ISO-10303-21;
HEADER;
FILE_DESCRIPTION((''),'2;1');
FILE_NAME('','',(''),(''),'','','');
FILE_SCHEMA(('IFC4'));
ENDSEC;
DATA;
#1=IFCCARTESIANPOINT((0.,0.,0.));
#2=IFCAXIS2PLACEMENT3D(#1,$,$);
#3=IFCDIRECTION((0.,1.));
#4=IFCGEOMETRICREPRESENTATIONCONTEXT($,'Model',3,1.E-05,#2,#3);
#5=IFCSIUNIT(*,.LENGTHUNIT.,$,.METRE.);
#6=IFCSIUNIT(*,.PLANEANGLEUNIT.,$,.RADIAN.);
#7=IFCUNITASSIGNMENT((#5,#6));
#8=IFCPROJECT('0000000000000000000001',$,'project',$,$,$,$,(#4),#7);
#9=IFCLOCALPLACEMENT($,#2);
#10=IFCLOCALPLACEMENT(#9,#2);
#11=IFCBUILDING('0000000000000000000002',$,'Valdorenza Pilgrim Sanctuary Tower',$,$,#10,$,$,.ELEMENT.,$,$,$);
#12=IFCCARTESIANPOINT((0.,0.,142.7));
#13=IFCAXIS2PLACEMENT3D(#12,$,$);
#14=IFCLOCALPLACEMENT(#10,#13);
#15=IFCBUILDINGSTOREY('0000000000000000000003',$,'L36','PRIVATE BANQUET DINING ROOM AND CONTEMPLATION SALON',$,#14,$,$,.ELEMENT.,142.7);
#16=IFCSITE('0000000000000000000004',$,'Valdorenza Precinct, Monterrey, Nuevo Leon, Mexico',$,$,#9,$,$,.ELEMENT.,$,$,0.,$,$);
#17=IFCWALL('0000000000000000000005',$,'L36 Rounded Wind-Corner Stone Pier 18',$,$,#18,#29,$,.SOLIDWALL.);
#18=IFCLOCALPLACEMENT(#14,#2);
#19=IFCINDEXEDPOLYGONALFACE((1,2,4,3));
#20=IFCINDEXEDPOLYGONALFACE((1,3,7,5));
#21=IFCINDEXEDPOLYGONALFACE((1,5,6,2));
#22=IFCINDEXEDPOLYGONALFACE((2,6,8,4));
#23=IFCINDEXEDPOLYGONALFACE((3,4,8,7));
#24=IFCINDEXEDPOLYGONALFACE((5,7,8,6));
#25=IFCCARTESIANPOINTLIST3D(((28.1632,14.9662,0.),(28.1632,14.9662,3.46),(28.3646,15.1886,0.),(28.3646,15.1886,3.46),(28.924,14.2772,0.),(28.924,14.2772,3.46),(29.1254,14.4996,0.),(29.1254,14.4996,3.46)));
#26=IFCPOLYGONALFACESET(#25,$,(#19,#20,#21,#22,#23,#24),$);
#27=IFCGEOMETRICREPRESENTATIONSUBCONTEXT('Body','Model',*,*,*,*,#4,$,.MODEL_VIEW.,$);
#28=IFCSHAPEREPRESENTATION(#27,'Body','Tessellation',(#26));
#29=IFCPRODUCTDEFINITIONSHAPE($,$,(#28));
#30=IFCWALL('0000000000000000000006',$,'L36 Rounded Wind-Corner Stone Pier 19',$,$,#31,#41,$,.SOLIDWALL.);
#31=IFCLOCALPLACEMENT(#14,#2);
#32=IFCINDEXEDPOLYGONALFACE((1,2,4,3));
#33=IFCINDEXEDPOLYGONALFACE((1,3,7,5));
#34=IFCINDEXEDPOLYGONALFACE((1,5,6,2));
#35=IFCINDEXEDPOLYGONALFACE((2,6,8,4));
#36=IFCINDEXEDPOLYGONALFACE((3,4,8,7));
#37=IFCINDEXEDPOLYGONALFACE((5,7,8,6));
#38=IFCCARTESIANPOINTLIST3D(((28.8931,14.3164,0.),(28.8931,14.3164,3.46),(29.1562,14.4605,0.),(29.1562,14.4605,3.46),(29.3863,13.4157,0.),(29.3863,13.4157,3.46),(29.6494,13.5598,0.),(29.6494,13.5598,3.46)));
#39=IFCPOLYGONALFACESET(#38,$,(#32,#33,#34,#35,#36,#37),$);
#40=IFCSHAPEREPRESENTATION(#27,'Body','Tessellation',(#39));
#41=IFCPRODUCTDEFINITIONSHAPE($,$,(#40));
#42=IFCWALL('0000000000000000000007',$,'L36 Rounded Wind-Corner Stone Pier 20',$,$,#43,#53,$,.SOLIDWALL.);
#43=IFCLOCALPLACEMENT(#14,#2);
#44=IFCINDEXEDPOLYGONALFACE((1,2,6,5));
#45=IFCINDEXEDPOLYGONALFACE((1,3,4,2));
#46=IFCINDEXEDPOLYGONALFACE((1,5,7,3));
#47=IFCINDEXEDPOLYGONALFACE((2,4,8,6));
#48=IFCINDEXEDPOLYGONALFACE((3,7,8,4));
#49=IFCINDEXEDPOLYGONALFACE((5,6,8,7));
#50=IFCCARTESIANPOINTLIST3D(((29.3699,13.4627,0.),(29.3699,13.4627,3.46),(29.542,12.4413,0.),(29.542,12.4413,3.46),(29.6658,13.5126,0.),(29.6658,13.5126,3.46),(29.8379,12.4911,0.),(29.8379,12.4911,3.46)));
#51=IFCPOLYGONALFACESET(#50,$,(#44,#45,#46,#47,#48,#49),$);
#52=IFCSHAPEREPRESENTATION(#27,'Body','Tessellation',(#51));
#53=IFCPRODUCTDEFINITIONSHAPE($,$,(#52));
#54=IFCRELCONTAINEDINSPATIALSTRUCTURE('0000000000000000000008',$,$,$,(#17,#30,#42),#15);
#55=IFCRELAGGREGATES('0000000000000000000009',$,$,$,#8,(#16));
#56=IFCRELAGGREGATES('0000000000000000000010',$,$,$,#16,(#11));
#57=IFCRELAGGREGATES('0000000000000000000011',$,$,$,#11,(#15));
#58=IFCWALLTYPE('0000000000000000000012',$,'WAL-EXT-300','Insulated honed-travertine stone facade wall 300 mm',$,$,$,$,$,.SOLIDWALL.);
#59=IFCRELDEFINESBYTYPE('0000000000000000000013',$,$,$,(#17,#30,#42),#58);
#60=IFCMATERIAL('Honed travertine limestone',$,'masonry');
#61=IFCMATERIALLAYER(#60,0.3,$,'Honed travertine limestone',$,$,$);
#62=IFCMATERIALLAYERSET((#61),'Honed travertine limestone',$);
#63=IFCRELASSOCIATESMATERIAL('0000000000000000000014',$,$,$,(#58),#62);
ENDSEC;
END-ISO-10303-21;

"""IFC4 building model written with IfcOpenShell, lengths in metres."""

from ifc_helpers import new_model, si_unit, direction, frame, frame_2d, origin, place, context, subcontext, project, spatial, rectangle, extrude, material, layer, layer_set, type_object, element, save


model = new_model("IFC4")

# Units and contexts
model_context = context("Model", 3, precision=1e-05, world=origin(), true_north=direction((0.0, 1.0)))
body_context = subcontext(model_context, "Body", "Model", "MODEL_VIEW")
ifc_project = project(units=[si_unit("LENGTHUNIT", "METRE"), si_unit("PLANEANGLEUNIT", "RADIAN")], contexts=[model_context])

# Site, building, storey
site_placement = place(None, origin())
site = spatial("IfcSite", under=ifc_project, at=site_placement, Name="Valdorenza Precinct, Monterrey, Nuevo Leon, Mexico", CompositionType="ELEMENT", RefElevation=0.0)
building_placement = place(site_placement, origin())
building = spatial("IfcBuilding", under=site, at=building_placement, Name="Valdorenza Pilgrim Sanctuary Tower", CompositionType="ELEMENT")
storey_placement = place(building_placement, frame((0.0, 0.0, 142.7)))
storey = spatial("IfcBuildingStorey", under=building, at=storey_placement, Name="L36", Description="PRIVATE BANQUET DINING ROOM AND CONTEMPLATION SALON", CompositionType="ELEMENT", Elevation=142.7)

# Shared definitions
ifc_material_1 = material(Name="Honed travertine limestone", Category="masonry")

# Walls
ifc_layer_1 = layer(ifc_material_1, 0.3, Name="Honed travertine limestone")
ifc_layer_set_1 = layer_set([ifc_layer_1], Name="Honed travertine limestone")
wall_type_1 = type_object("IfcWallType", Name="WAL-EXT-300", Description="Insulated honed-travertine stone facade wall 300 mm", PredefinedType="SOLIDWALL", material=ifc_layer_set_1)
wall_1_placement = place(storey_placement, frame((28.2639, 15.0774, 0.0), z_axis=(0.0, 0.0, 1.0), x_axis=(0.741209, -0.671275, 0.0)))
element("IfcWall", 1, at=wall_1_placement, inside=storey, type_object=wall_type_1, Name="L36 Rounded Wind-Corner Stone Pier 18", PredefinedType="SOLIDWALL", context=body_context, shape_type="SweptSolid", body=[
    extrude(rectangle(XDim=1.0264, YDim=0.3, at=frame_2d((0.5132, 0.0))), origin(), (0.0, 0.0, 1.0), 3.46),
])
wall_2_placement = place(storey_placement, frame((29.0247, 14.3884, 0.0), z_axis=(0.0, 0.0, 1.0), x_axis=(0.480284, -0.877113, 0.0)))
element("IfcWall", 2, at=wall_2_placement, inside=storey, type_object=wall_type_1, Name="L36 Rounded Wind-Corner Stone Pier 19", PredefinedType="SOLIDWALL", context=body_context, shape_type="SweptSolid", body=[
    extrude(rectangle(XDim=1.0269, YDim=0.3, at=frame_2d((0.5134, 0.0))), origin(), (0.0, 0.0, 1.0), 3.46),
])
wall_3_placement = place(storey_placement, frame((29.5178, 13.4878, 0.0), z_axis=(0.0, 0.0, 1.0), x_axis=(0.166157, -0.986099, 0.0)))
element("IfcWall", 3, at=wall_3_placement, inside=storey, type_object=wall_type_1, Name="L36 Rounded Wind-Corner Stone Pier 20", PredefinedType="SOLIDWALL", context=body_context, shape_type="SweptSolid", body=[
    extrude(rectangle(XDim=1.0359, YDim=0.3, at=frame_2d((0.5181, 0.0))), origin(), (0.0, 0.0, 1.0), 3.46),
])

save(model, "model.ifc")
